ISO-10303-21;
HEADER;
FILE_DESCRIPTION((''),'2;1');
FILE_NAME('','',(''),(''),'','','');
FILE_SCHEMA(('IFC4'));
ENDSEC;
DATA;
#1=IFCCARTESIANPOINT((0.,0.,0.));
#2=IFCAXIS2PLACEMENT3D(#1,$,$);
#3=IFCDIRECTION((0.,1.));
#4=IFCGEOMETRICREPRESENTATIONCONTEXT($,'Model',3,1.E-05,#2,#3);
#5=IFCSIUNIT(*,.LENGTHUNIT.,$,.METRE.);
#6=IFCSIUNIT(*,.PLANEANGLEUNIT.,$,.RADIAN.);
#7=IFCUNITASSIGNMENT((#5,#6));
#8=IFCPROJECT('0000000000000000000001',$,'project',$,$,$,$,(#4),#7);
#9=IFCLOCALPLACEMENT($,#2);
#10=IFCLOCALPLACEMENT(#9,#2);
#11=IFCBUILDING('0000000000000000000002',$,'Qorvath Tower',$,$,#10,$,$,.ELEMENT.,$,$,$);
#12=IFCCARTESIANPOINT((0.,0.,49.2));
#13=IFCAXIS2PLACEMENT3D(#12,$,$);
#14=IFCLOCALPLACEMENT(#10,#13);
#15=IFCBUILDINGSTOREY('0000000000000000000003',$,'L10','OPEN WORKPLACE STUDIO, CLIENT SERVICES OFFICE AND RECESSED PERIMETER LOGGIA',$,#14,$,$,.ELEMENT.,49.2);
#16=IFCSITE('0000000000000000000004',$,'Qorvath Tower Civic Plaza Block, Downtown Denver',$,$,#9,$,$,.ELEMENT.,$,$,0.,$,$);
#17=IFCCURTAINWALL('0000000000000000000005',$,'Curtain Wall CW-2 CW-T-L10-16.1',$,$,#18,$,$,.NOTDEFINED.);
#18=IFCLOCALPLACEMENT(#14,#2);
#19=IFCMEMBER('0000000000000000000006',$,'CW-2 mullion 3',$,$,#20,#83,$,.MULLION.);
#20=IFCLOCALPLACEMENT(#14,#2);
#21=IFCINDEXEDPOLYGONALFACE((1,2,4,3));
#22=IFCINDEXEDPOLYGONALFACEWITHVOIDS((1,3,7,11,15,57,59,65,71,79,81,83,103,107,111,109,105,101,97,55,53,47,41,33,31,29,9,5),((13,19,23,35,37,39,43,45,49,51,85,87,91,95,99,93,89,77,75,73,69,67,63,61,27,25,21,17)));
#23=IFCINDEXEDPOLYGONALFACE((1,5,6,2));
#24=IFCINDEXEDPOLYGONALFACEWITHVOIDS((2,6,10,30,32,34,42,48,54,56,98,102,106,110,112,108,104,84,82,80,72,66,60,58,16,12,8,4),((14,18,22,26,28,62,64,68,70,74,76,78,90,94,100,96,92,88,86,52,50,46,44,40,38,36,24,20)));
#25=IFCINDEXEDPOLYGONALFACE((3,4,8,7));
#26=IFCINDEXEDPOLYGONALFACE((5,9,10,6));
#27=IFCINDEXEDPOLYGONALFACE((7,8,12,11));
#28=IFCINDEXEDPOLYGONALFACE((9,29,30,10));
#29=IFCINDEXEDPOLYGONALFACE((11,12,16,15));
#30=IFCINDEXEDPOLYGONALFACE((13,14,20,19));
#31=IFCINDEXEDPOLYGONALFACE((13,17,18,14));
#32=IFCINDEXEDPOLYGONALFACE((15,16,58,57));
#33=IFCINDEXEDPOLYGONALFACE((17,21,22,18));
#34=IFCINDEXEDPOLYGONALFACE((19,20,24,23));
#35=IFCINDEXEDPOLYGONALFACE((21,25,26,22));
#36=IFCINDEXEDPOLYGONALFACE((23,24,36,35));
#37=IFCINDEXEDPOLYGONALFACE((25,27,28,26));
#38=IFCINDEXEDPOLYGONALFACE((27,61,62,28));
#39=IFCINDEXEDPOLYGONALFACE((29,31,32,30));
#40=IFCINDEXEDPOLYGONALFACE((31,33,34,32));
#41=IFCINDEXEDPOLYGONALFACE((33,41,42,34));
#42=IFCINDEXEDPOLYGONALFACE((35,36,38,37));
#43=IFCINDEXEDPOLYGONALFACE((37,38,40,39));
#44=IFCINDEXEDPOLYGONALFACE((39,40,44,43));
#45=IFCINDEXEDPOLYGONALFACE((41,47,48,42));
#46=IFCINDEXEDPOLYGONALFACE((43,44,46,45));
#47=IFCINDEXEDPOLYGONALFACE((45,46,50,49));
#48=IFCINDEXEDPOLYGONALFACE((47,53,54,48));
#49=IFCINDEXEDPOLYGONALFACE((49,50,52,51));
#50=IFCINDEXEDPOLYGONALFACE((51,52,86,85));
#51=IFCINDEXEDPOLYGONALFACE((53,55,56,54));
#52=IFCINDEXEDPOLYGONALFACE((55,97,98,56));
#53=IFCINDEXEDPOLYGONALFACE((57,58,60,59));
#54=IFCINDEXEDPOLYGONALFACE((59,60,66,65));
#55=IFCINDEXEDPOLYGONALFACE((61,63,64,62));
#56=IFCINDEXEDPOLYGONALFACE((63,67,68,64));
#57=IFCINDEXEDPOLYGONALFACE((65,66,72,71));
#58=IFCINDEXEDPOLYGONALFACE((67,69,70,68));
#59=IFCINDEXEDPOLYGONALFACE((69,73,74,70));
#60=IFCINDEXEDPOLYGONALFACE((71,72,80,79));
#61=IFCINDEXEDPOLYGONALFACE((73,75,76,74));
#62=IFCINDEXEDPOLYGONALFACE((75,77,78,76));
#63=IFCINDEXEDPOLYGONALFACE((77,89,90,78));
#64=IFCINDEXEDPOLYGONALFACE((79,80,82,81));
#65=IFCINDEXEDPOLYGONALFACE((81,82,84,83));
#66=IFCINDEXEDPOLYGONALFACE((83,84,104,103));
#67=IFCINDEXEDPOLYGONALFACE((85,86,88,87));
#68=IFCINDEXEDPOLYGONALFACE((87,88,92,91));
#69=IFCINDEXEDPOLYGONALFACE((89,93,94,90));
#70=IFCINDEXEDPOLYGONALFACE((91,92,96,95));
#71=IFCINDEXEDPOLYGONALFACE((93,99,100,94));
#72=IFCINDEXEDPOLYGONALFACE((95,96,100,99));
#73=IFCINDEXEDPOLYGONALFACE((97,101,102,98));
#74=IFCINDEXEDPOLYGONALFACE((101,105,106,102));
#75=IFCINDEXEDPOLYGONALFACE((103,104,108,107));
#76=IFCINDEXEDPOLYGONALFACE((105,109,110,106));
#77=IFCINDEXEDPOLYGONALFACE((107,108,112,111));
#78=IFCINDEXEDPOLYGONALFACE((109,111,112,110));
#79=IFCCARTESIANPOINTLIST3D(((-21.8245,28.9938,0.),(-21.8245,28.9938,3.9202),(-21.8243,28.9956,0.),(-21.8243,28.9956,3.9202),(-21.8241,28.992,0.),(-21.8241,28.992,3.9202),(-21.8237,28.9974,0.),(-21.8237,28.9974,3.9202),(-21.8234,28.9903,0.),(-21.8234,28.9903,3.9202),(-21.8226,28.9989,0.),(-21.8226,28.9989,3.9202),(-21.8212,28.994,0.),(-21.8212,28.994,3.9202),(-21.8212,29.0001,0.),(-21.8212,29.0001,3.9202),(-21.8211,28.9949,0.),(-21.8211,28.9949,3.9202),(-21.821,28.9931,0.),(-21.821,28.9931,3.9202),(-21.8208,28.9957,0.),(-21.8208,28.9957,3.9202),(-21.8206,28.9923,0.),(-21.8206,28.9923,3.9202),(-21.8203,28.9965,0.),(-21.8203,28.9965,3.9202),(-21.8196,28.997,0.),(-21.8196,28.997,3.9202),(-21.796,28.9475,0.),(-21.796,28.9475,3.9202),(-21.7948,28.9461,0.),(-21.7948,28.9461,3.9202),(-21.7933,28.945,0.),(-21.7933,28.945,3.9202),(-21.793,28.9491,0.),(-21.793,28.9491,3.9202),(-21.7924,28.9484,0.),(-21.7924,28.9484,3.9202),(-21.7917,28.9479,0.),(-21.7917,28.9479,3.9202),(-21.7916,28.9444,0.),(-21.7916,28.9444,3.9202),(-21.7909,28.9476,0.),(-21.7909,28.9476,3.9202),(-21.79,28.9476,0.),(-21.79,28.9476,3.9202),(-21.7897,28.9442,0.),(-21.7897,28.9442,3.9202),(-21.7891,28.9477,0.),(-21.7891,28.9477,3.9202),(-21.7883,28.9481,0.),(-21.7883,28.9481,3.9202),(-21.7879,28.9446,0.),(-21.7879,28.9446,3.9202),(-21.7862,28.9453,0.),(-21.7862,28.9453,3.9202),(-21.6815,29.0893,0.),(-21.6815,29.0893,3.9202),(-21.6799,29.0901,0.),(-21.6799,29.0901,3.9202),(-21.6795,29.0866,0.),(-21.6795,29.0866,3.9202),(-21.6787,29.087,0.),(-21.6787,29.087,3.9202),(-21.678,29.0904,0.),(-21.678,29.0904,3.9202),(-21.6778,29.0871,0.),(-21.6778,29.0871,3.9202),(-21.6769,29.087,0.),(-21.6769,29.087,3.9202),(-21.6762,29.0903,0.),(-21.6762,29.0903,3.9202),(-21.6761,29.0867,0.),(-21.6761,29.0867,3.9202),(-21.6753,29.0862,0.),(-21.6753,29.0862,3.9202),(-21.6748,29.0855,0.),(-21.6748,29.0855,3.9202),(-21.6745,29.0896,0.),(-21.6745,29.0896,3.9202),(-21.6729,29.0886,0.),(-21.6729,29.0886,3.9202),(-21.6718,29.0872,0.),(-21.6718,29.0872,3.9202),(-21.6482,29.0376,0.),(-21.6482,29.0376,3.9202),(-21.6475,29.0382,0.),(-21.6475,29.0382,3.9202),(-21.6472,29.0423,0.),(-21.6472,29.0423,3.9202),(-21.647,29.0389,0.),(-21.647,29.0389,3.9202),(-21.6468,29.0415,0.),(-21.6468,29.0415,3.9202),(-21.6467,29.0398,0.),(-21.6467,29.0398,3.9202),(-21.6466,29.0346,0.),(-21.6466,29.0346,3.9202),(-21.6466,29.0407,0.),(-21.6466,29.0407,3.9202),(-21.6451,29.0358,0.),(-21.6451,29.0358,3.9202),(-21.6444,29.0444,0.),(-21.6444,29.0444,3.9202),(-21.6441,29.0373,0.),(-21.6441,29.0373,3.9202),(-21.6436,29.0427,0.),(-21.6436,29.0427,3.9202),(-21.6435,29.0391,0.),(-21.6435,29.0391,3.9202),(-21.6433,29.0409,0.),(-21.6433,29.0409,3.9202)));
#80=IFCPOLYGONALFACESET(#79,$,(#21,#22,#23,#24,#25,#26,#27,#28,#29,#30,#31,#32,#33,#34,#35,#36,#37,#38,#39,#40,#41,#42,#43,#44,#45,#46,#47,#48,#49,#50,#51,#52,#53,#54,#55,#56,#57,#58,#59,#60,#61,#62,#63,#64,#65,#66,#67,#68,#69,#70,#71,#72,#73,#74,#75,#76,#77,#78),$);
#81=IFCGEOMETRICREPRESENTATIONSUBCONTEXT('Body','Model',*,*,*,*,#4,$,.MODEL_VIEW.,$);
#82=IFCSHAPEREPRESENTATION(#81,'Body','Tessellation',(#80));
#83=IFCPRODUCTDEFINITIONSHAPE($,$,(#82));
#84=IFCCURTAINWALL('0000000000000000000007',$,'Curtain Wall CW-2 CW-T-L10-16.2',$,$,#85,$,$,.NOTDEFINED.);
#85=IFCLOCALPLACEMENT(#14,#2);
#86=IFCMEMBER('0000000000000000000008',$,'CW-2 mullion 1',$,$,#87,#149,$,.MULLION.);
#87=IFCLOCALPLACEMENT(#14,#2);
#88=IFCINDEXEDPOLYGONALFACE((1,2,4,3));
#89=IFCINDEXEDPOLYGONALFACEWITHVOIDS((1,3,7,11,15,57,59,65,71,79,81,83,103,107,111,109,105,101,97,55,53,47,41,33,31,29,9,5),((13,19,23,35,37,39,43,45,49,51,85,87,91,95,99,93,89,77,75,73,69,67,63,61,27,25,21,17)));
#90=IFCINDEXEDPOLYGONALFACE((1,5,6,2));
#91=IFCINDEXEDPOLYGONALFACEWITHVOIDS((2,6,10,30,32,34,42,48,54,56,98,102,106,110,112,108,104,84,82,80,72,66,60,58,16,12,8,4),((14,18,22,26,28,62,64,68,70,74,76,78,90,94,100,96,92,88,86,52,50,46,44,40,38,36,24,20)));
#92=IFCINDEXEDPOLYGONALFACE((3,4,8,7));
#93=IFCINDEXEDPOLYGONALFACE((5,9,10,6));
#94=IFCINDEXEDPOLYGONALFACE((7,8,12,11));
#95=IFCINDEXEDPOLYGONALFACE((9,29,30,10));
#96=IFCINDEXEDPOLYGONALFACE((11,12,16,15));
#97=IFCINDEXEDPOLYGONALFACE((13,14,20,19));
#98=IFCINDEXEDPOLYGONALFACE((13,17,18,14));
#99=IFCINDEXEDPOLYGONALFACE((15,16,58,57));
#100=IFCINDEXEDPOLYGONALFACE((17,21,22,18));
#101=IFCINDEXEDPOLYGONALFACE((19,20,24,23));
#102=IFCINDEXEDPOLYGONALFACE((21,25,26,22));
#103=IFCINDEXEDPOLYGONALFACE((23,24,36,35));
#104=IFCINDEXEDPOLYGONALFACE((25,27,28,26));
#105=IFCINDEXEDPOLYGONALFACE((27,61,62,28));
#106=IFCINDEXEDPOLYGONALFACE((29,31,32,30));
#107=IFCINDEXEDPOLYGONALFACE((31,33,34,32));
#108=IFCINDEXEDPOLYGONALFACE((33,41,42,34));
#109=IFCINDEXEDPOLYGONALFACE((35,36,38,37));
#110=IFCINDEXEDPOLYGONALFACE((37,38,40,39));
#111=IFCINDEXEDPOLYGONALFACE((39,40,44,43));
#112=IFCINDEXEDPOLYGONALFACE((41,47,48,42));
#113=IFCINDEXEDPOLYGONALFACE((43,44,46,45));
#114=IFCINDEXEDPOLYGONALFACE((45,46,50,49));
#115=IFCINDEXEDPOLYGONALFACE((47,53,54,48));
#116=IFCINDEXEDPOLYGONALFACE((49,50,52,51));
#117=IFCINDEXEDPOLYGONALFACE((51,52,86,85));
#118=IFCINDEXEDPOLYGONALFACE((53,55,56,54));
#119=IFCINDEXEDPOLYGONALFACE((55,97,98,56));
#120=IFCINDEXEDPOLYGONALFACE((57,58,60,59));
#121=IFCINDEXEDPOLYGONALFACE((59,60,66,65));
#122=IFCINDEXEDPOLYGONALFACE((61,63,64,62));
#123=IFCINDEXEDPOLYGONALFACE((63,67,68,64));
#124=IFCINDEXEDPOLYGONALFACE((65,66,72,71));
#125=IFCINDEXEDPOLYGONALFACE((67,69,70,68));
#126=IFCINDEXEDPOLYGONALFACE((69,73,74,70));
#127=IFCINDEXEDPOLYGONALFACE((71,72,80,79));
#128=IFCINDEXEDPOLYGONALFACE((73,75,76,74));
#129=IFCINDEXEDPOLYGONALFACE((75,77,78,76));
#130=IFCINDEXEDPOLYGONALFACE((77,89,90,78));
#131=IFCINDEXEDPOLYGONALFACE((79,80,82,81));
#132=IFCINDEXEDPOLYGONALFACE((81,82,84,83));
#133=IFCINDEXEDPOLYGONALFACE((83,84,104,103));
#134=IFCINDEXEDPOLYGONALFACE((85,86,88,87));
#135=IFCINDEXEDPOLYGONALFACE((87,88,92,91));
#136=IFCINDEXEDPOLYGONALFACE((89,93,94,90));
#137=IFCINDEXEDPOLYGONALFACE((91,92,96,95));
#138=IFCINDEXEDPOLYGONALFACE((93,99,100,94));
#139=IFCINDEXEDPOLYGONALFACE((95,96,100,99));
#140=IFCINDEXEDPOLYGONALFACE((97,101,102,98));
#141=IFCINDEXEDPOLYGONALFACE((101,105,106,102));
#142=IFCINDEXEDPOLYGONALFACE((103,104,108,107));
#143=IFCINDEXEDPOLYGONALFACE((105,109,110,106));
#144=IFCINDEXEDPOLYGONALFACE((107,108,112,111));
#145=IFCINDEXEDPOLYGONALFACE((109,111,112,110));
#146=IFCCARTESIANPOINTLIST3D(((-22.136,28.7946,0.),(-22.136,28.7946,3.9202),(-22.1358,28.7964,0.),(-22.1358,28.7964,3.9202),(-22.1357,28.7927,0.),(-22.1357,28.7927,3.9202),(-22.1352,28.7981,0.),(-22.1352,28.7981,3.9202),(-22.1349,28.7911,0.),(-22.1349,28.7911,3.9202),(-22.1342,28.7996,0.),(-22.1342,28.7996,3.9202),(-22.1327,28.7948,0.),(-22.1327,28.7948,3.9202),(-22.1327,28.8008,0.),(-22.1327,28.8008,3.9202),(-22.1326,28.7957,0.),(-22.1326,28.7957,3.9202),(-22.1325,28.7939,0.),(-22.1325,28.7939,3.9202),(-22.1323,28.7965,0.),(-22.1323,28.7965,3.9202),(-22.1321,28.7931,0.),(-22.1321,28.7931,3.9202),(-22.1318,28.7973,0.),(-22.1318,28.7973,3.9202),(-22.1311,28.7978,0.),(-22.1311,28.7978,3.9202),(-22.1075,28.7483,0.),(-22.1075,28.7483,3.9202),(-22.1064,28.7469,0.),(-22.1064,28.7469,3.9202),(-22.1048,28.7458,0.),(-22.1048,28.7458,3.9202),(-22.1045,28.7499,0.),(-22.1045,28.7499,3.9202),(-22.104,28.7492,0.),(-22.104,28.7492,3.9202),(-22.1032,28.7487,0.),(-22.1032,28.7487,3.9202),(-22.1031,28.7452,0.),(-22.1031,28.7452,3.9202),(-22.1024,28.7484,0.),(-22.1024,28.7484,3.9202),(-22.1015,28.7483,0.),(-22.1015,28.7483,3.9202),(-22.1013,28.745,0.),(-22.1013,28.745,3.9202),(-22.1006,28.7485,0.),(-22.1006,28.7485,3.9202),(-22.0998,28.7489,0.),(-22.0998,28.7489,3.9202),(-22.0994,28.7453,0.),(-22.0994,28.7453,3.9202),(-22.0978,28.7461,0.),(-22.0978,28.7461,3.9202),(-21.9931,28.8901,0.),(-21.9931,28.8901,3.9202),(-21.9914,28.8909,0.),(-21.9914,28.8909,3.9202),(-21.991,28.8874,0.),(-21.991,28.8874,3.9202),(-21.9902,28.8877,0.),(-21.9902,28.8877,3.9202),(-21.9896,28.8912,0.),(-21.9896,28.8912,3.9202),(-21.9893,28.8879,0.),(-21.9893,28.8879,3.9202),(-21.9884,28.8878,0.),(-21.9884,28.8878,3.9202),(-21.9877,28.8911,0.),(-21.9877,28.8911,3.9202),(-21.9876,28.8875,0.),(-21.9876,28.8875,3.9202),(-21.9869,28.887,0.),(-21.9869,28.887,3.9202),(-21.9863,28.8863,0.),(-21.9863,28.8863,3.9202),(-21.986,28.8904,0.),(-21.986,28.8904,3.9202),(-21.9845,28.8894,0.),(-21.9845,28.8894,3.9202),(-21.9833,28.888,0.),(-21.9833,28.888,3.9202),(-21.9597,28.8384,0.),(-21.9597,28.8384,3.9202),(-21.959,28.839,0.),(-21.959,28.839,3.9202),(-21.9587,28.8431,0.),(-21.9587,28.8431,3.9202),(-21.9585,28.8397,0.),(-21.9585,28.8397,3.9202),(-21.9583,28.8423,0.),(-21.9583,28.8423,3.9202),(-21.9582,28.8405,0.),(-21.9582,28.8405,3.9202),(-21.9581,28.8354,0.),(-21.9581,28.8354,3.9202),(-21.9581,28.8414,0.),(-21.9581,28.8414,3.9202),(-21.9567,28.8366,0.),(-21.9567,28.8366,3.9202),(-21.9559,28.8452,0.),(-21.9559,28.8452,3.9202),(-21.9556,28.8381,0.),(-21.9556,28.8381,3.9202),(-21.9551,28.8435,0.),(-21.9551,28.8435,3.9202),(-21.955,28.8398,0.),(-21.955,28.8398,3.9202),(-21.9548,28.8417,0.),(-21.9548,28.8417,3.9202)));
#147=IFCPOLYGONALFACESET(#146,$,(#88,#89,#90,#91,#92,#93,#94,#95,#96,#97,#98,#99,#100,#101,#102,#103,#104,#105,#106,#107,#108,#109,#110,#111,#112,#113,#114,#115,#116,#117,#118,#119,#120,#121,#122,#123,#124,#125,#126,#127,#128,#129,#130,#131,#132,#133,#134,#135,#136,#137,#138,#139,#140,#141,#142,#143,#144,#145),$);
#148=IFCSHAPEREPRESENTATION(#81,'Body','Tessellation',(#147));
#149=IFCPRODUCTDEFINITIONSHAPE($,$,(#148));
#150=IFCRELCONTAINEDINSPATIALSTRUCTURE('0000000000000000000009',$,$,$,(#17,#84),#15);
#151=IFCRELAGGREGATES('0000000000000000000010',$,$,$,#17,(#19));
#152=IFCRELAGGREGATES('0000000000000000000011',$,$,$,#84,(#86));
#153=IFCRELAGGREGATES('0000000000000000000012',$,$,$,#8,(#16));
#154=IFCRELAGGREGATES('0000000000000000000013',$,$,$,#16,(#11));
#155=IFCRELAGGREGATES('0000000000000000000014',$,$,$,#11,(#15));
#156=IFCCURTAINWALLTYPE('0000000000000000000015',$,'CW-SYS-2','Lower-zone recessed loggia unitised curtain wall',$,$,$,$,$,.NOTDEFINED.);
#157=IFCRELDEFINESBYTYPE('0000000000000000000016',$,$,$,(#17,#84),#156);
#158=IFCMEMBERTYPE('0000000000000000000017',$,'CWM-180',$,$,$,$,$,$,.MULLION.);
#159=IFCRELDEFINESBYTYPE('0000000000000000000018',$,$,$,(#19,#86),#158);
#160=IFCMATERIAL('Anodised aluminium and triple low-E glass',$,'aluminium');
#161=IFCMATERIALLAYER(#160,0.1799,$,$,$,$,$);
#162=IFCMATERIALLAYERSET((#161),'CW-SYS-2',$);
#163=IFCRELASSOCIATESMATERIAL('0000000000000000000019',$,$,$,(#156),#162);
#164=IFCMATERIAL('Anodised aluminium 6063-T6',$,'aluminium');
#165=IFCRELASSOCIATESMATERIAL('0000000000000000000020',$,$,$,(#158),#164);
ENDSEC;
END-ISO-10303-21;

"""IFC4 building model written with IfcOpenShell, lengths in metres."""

from ifc_helpers import new_model, si_unit, direction, frame, origin, origin_2d, place, context, subcontext, project, spatial, hollow_rectangle, extrude, material, layer, layer_set, material_profile, profile_set, type_object, element, aggregate, save


model = new_model("IFC4")

# Units and contexts
model_context = context("Model", 3, precision=1e-05, world=origin(), true_north=direction((0.0, 1.0)))
body_context = subcontext(model_context, "Body", "Model", "MODEL_VIEW")
ifc_project = project(units=[si_unit("LENGTHUNIT", "METRE"), si_unit("PLANEANGLEUNIT", "RADIAN")], contexts=[model_context])

# Site, building, storey
site_placement = place(None, origin())
site = spatial("IfcSite", under=ifc_project, at=site_placement, Name="Qorvath Tower Civic Plaza Block, Downtown Denver", CompositionType="ELEMENT", RefElevation=0.0)
building_placement = place(site_placement, origin())
building = spatial("IfcBuilding", under=site, at=building_placement, Name="Qorvath Tower", CompositionType="ELEMENT")
storey_placement = place(building_placement, frame((0.0, 0.0, 49.2)))
storey = spatial("IfcBuildingStorey", under=building, at=storey_placement, Name="L10", Description="OPEN WORKPLACE STUDIO, CLIENT SERVICES OFFICE AND RECESSED PERIMETER LOGGIA", CompositionType="ELEMENT", Elevation=49.2)

# Curtain wall, member
ifc_material_1 = material(Name="Anodised aluminium and triple low-E glass", Category="aluminium")
ifc_layer_1 = layer(ifc_material_1, 0.1799)
ifc_layer_set_1 = layer_set([ifc_layer_1], Name="CW-SYS-2")
curtain_wall_type = type_object("IfcCurtainWallType", Name="CW-SYS-2", Description="Lower-zone recessed loggia unitised curtain wall", PredefinedType="NOTDEFINED", material=ifc_layer_set_1)
curtain_wall_1_placement = place(storey_placement, origin())
curtain_wall_1 = element("IfcCurtainWall", 1, at=curtain_wall_1_placement, inside=storey, type_object=curtain_wall_type, Name="Curtain Wall CW-2 CW-T-L10-16.1", PredefinedType="NOTDEFINED")
ifc_material_2 = material(Name="Anodised aluminium 6063-T6", Category="aluminium")
ifc_material_profile_1 = material_profile(ifc_material_2, hollow_rectangle(XDim=0.0649, YDim=0.1799, WallThickness=0.0034, InnerFilletRadius=0.0034, OuterFilletRadius=0.0071, at=origin_2d()), Name="CWM 180x65")
ifc_profile_set_1 = profile_set([ifc_material_profile_1], Name="Anodised aluminium 6063-T6")
member_type_1 = type_object("IfcMemberType", Name="CWM-180", PredefinedType="MULLION", material=ifc_profile_set_1)
member_1_placement = place(storey_placement, frame((-21.7339, 29.0173, 0.0), z_axis=(0.0, 0.0, 1.0), x_axis=(0.538533, -0.842604, 0.0)))
member_1 = element("IfcMember", 2, at=member_1_placement, type_object=member_type_1, Name="CW-2 mullion 3", PredefinedType="MULLION", context=body_context, shape_type="SweptSolid", body=[
    extrude(hollow_rectangle(XDim=0.0649, YDim=0.1799, WallThickness=0.0034, InnerFilletRadius=0.0034, OuterFilletRadius=0.0071, at=origin_2d()), origin(), (0.0, 0.0, 1.0), 3.9202),
])
aggregate(curtain_wall_1, [member_1])

# Curtain wall, member
curtain_wall_2_placement = place(storey_placement, origin())
curtain_wall_2 = element("IfcCurtainWall", 3, at=curtain_wall_2_placement, inside=storey, type_object=curtain_wall_type, Name="Curtain Wall CW-2 CW-T-L10-16.2", PredefinedType="NOTDEFINED")
member_2_placement = place(storey_placement, frame((-22.0454, 28.8181, 0.0), z_axis=(0.0, 0.0, 1.0), x_axis=(0.538541, -0.842599, 0.0)))
member_2 = element("IfcMember", 4, at=member_2_placement, type_object=member_type_1, Name="CW-2 mullion 1", PredefinedType="MULLION", context=body_context, shape_type="SweptSolid", body=[
    extrude(hollow_rectangle(XDim=0.0649, YDim=0.1799, WallThickness=0.0034, InnerFilletRadius=0.0034, OuterFilletRadius=0.0071, at=origin_2d()), origin(), (0.0, 0.0, 1.0), 3.9202),
])
aggregate(curtain_wall_2, [member_2])

save(model, "model.ifc")
